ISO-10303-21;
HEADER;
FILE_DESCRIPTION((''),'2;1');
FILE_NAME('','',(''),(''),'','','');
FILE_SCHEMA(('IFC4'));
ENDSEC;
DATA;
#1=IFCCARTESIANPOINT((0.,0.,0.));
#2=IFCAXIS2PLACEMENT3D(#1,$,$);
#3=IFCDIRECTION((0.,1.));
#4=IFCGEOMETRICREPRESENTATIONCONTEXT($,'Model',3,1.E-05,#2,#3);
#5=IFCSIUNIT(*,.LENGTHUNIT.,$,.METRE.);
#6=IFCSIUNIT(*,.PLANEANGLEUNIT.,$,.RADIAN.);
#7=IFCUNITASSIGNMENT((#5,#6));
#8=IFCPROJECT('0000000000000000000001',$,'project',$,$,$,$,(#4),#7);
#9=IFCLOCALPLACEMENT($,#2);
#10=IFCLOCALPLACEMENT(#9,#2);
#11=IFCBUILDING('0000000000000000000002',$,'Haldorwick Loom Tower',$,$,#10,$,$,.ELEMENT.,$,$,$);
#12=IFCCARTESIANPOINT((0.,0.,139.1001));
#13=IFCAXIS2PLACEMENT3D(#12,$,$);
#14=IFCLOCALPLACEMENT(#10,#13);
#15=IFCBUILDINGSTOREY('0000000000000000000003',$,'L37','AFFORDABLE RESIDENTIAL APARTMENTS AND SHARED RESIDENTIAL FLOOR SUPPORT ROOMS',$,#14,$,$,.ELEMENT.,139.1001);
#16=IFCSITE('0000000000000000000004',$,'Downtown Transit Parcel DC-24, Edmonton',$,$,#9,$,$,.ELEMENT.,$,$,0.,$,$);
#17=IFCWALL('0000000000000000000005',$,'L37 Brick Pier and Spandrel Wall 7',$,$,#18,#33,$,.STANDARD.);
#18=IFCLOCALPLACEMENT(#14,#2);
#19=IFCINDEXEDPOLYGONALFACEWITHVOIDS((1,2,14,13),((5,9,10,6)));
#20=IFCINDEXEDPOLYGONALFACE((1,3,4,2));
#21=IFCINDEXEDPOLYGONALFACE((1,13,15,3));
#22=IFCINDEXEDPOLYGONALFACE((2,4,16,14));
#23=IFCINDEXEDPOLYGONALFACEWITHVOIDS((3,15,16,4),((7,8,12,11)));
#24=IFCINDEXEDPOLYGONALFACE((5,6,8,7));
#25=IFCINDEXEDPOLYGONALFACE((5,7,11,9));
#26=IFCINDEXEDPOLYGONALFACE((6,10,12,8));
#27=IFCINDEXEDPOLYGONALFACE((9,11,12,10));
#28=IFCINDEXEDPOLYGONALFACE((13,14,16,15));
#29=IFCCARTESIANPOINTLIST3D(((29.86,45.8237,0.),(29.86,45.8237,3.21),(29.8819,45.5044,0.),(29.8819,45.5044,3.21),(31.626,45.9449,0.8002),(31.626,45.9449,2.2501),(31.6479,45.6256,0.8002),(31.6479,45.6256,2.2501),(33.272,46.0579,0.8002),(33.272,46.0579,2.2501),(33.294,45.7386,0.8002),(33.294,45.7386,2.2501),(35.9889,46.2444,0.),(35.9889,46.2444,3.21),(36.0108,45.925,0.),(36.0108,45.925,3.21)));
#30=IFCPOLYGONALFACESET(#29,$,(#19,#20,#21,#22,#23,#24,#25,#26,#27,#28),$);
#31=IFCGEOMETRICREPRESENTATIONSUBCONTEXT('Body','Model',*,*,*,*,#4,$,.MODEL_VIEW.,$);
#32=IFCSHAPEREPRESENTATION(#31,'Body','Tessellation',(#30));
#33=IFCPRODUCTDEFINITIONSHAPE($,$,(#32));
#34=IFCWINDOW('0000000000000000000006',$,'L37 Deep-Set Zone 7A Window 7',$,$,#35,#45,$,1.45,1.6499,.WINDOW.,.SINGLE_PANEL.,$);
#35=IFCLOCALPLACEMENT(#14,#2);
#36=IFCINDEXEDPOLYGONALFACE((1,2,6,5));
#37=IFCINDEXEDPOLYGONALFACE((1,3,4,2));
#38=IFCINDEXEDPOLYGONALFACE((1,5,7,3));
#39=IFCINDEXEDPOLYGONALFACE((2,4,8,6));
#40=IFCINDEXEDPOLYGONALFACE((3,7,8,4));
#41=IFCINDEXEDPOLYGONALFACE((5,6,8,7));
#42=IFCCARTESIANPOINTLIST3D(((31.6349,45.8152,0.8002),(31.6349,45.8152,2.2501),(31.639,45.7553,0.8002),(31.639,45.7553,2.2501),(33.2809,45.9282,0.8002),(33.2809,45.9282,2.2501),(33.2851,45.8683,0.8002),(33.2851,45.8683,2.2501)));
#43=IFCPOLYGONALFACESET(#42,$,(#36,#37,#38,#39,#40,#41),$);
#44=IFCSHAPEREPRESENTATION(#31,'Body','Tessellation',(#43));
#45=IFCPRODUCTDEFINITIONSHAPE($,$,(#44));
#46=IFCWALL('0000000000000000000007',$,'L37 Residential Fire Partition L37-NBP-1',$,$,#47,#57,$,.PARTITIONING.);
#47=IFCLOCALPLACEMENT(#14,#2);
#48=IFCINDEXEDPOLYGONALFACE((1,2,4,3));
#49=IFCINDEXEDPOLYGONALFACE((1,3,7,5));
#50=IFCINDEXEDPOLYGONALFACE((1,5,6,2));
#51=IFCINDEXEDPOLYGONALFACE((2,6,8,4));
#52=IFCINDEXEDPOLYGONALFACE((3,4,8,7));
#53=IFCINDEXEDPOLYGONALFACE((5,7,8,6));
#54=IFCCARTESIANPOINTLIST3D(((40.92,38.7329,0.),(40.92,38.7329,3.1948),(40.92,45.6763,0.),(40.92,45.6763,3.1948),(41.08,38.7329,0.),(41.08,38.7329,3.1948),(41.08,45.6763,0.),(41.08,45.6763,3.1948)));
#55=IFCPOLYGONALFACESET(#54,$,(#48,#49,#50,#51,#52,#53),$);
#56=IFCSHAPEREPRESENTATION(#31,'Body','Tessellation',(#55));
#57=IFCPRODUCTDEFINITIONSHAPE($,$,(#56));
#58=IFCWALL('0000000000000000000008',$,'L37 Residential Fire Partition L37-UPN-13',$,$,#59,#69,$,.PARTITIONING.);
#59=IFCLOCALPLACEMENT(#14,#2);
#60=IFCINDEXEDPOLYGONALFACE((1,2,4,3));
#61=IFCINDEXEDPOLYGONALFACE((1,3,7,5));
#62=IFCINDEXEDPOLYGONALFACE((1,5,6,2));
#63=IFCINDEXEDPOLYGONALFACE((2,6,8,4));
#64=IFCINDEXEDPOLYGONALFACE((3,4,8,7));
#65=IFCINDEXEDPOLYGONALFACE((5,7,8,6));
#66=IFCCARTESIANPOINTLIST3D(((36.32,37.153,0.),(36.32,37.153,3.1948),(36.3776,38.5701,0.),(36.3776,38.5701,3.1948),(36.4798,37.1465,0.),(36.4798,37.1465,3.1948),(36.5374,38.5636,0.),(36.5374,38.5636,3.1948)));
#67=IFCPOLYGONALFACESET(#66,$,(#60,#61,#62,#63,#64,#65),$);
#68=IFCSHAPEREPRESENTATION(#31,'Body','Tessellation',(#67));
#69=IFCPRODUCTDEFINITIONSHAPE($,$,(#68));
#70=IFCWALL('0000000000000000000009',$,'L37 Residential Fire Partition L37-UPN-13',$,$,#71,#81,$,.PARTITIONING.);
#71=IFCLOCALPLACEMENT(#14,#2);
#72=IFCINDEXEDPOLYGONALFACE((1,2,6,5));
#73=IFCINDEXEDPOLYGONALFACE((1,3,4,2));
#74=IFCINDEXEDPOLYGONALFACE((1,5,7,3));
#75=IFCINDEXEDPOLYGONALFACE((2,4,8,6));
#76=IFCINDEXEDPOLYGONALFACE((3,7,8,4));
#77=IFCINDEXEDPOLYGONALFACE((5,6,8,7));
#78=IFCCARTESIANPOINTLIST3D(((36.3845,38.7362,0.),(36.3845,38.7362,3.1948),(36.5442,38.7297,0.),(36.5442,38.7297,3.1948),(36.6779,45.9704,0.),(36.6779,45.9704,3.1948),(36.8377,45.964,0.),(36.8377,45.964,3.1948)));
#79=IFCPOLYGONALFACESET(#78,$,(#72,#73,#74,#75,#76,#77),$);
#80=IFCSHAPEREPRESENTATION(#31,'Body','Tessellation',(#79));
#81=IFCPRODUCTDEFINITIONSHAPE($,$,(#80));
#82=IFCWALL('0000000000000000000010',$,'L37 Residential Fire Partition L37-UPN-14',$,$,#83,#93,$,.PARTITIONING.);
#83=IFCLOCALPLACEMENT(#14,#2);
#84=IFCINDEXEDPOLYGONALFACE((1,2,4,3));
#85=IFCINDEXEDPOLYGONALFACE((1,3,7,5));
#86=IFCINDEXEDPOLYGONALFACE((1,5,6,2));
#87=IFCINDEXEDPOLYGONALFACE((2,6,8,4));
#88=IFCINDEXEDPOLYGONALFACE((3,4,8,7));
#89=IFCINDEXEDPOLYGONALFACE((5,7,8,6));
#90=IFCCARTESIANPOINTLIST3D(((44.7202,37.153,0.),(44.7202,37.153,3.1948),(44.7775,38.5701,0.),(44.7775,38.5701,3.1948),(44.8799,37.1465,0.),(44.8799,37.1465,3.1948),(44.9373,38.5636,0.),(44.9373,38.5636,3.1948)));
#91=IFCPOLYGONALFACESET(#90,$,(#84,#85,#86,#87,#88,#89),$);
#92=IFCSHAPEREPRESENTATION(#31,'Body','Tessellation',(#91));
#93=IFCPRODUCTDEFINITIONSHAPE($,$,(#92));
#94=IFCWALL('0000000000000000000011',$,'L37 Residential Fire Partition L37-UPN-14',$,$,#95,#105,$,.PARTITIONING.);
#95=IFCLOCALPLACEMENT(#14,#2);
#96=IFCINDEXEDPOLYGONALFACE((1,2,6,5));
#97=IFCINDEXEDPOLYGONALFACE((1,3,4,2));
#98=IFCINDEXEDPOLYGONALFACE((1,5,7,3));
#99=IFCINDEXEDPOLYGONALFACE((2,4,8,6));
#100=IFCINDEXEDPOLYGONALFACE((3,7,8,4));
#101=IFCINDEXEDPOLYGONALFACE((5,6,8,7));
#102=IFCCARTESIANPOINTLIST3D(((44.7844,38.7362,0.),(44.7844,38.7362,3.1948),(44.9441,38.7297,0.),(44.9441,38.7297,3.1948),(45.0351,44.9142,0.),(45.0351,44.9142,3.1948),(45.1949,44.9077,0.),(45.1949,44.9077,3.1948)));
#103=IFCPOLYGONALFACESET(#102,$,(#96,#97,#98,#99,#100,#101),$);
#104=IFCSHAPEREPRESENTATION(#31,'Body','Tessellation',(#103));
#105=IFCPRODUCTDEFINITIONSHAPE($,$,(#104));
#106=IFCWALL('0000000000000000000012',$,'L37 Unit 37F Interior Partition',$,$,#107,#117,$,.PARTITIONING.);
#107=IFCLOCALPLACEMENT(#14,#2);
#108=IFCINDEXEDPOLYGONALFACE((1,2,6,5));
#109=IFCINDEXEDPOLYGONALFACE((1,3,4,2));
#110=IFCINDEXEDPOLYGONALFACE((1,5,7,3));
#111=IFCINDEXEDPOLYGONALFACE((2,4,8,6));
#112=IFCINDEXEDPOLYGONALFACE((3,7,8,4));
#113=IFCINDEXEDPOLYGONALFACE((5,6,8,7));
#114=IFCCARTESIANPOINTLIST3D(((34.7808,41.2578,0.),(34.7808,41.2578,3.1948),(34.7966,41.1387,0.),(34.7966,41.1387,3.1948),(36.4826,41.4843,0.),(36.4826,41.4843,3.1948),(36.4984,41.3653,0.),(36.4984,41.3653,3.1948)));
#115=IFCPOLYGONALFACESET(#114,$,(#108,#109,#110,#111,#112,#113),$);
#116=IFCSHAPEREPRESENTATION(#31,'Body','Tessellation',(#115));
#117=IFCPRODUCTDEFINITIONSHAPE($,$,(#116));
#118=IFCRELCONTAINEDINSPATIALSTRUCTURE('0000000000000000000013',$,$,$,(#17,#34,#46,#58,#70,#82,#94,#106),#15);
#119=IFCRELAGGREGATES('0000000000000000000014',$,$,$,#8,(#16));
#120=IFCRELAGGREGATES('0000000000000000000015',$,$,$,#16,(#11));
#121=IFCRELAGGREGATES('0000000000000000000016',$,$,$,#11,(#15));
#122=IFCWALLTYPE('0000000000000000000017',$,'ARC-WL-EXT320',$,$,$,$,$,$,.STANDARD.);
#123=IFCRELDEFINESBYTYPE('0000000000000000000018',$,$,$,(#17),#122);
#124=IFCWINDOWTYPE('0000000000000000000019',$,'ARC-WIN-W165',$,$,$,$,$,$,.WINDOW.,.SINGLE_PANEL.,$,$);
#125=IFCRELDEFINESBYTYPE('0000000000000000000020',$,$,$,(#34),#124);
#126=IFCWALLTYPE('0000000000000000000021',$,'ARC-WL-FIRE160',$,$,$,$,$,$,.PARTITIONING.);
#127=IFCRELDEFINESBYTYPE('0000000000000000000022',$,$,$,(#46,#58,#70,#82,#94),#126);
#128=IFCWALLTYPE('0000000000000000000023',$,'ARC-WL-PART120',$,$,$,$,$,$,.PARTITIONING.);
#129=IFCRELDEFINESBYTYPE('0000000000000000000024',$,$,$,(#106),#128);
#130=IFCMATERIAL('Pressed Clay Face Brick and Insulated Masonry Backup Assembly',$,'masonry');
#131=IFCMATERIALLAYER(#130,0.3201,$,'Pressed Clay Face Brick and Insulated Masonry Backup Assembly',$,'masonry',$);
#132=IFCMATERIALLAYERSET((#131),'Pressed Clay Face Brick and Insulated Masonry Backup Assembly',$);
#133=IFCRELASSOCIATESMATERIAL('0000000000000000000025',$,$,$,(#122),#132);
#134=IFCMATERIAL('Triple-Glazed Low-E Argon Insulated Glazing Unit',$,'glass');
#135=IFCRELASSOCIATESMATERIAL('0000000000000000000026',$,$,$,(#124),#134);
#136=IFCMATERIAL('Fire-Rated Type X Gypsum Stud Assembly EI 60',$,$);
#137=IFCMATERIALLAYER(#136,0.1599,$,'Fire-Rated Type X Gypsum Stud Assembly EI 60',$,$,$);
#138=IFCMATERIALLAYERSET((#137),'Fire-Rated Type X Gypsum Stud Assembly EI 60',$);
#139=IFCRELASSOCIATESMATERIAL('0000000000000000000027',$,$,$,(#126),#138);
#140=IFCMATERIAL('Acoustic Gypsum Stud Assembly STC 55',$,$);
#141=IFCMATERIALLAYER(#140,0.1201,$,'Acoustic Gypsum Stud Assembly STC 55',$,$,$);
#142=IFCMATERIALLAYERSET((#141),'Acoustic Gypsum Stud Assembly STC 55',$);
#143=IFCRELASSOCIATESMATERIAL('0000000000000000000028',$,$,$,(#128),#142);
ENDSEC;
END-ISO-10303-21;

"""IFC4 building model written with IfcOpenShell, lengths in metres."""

from ifc_helpers import new_model, si_unit, direction, frame, frame_2d, origin, place, context, subcontext, project, spatial, rectangle, extrude, material, layer, layer_set, type_object, element, fill, save


model = new_model("IFC4")

# Units and contexts
model_context = context("Model", 3, precision=1e-05, world=origin(), true_north=direction((0.0, 1.0)))
body_context = subcontext(model_context, "Body", "Model", "MODEL_VIEW")
ifc_project = project(units=[si_unit("LENGTHUNIT", "METRE"), si_unit("PLANEANGLEUNIT", "RADIAN")], contexts=[model_context])

# Site, building, storey
site_placement = place(None, origin())
site = spatial("IfcSite", under=ifc_project, at=site_placement, Name="Downtown Transit Parcel DC-24, Edmonton", CompositionType="ELEMENT", RefElevation=0.0)
building_placement = place(site_placement, origin())
building = spatial("IfcBuilding", under=site, at=building_placement, Name="Haldorwick Loom Tower", CompositionType="ELEMENT")
storey_placement = place(building_placement, frame((0.0, 0.0, 139.1001)))
storey = spatial("IfcBuildingStorey", under=building, at=storey_placement, Name="L37", Description="AFFORDABLE RESIDENTIAL APARTMENTS AND SHARED RESIDENTIAL FLOOR SUPPORT ROOMS", CompositionType="ELEMENT", Elevation=139.1001)

# Wall, opening, window
ifc_material_1 = material(Name="Pressed Clay Face Brick and Insulated Masonry Backup Assembly", Category="masonry")
ifc_layer_1 = layer(ifc_material_1, 0.3201, Name="Pressed Clay Face Brick and Insulated Masonry Backup Assembly", Category="masonry")
ifc_layer_set_1 = layer_set([ifc_layer_1], Name="Pressed Clay Face Brick and Insulated Masonry Backup Assembly")
wall_type_1 = type_object("IfcWallType", Name="ARC-WL-EXT320", PredefinedType="STANDARD", material=ifc_layer_set_1)
ifc_material_2 = material(Name="Triple-Glazed Low-E Argon Insulated Glazing Unit", Category="glass")
window_type = type_object("IfcWindowType", Name="ARC-WIN-W165", PartitioningType="SINGLE_PANEL", PredefinedType="WINDOW", material=ifc_material_2)
wall_1_placement = place(storey_placement, frame((36.0, 46.0847, 0.0), z_axis=(0.0, 0.0, 1.0), x_axis=(-0.997653, -0.068473, 0.0)))
wall_1 = element("IfcWall", 1, at=wall_1_placement, inside=storey, type_object=wall_type_1, Name="L37 Brick Pier and Spandrel Wall 7", PredefinedType="STANDARD", context=body_context, shape_type="SweptSolid", body=[
    extrude(rectangle(XDim=6.1433, YDim=0.3201, at=frame_2d((3.0718, 0.0))), origin(), (0.0, 0.0, 1.0), 3.21),
])
opening_1_placement = place(wall_1_placement, frame((2.7234, 0.0, 0.8)))
opening_1 = element("IfcOpeningElement", 2, at=opening_1_placement, cuts=wall_1, PredefinedType="OPENING", context=body_context, shape_type="SweptSolid", body=[
    extrude(rectangle(XDim=1.6499, YDim=1.45, at=frame_2d((0.825, 0.7251))), frame((0.0, 0.1699, 0.0), z_axis=(0.0, -1.0, 0.0), x_axis=(1.0, 0.0, 0.0)), (0.0, 0.0, 1.0), 0.3401),
])
window_1_placement = place(opening_1_placement, origin())
window_1 = element("IfcWindow", 3, at=window_1_placement, inside=storey, type_object=window_type, Name="L37 Deep-Set Zone 7A Window 7", OverallHeight=1.45, OverallWidth=1.6499, PartitioningType="SINGLE_PANEL", PredefinedType="WINDOW", context=body_context, shape_type="SweptSolid", body=[
    extrude(rectangle(XDim=1.6499, YDim=1.45, at=frame_2d((0.825, 0.7251))), frame((0.0, 0.03, 0.0), z_axis=(0.0, -1.0, 0.0), x_axis=(1.0, 0.0, 0.0)), (0.0, 0.0, 1.0), 0.0601),
])
fill(opening_1, window_1)

# Walls
ifc_material_3 = material(Name="Fire-Rated Type X Gypsum Stud Assembly EI 60")
ifc_layer_2 = layer(ifc_material_3, 0.1599, Name="Fire-Rated Type X Gypsum Stud Assembly EI 60")
ifc_layer_set_2 = layer_set([ifc_layer_2], Name="Fire-Rated Type X Gypsum Stud Assembly EI 60")
wall_type_2 = type_object("IfcWallType", Name="ARC-WL-FIRE160", PredefinedType="PARTITIONING", material=ifc_layer_set_2)
wall_2_placement = place(storey_placement, frame((41.0, 38.7329, 0.0), z_axis=(0.0, 0.0, 1.0), x_axis=(0.0, 1.0, 0.0)))
element("IfcWall", 4, at=wall_2_placement, inside=storey, type_object=wall_type_2, Name="L37 Residential Fire Partition L37-NBP-1", PredefinedType="PARTITIONING", context=body_context, shape_type="SweptSolid", body=[
    extrude(rectangle(XDim=6.9434, YDim=0.1599, at=frame_2d((3.4717, 0.0))), origin(), (0.0, 0.0, 1.0), 3.1948),
])
wall_3_placement = place(storey_placement, frame((36.3999, 37.1499, 0.0), z_axis=(0.0, 0.0, 1.0), x_axis=(0.040628, 0.999174, 0.0)))
element("IfcWall", 5, at=wall_3_placement, inside=storey, type_object=wall_type_2, Name="L37 Residential Fire Partition L37-UPN-13", PredefinedType="PARTITIONING", context=body_context, shape_type="SweptSolid", body=[
    extrude(rectangle(XDim=1.4182, YDim=0.1599, at=frame_2d((0.709, 0.0))), origin(), (0.0, 0.0, 1.0), 3.1948),
])
wall_4_placement = place(storey_placement, frame((36.4644, 38.7329, 0.0), z_axis=(0.0, 0.0, 1.0), x_axis=(0.040531, 0.999178, 0.0)))
element("IfcWall", 6, at=wall_4_placement, inside=storey, type_object=wall_type_2, Name="L37 Residential Fire Partition L37-UPN-13", PredefinedType="PARTITIONING", context=body_context, shape_type="SweptSolid", body=[
    extrude(rectangle(XDim=7.2402, YDim=0.1599, at=frame_2d((3.6201, 0.0))), origin(), (0.0, 0.0, 1.0), 3.1948),
])
wall_5_placement = place(storey_placement, frame((44.8, 37.1499, 0.0), z_axis=(0.0, 0.0, 1.0), x_axis=(0.040456, 0.999181, 0.0)))
element("IfcWall", 7, at=wall_5_placement, inside=storey, type_object=wall_type_2, Name="L37 Residential Fire Partition L37-UPN-14", PredefinedType="PARTITIONING", context=body_context, shape_type="SweptSolid", body=[
    extrude(rectangle(XDim=1.4182, YDim=0.1599, at=frame_2d((0.709, 0.0))), origin(), (0.0, 0.0, 1.0), 3.1948),
])
wall_6_placement = place(storey_placement, frame((44.8643, 38.7329, 0.0), z_axis=(0.0, 0.0, 1.0), x_axis=(0.040551, 0.999177, 0.0)))
element("IfcWall", 8, at=wall_6_placement, inside=storey, type_object=wall_type_2, Name="L37 Residential Fire Partition L37-UPN-14", PredefinedType="PARTITIONING", context=body_context, shape_type="SweptSolid", body=[
    extrude(rectangle(XDim=6.1831, YDim=0.1599, at=frame_2d((3.0916, 0.0))), origin(), (0.0, 0.0, 1.0), 3.1948),
])
ifc_material_4 = material(Name="Acoustic Gypsum Stud Assembly STC 55")
ifc_layer_3 = layer(ifc_material_4, 0.1201, Name="Acoustic Gypsum Stud Assembly STC 55")
ifc_layer_set_3 = layer_set([ifc_layer_3], Name="Acoustic Gypsum Stud Assembly STC 55")
wall_type_3 = type_object("IfcWallType", Name="ARC-WL-PART120", PredefinedType="PARTITIONING", material=ifc_layer_set_3)
wall_7_placement = place(storey_placement, frame((36.4905, 41.4248, 0.0), z_axis=(0.0, 0.0, 1.0), x_axis=(-0.991253, -0.131977, 0.0)))
element("IfcWall", 9, at=wall_7_placement, inside=storey, type_object=wall_type_3, Name="L37 Unit 37F Interior Partition", PredefinedType="PARTITIONING", context=body_context, shape_type="SweptSolid", body=[
    extrude(rectangle(XDim=1.7168, YDim=0.1201, at=frame_2d((0.8584, 0.0))), origin(), (0.0, 0.0, 1.0), 3.1948),
])

save(model, "model.ifc")
